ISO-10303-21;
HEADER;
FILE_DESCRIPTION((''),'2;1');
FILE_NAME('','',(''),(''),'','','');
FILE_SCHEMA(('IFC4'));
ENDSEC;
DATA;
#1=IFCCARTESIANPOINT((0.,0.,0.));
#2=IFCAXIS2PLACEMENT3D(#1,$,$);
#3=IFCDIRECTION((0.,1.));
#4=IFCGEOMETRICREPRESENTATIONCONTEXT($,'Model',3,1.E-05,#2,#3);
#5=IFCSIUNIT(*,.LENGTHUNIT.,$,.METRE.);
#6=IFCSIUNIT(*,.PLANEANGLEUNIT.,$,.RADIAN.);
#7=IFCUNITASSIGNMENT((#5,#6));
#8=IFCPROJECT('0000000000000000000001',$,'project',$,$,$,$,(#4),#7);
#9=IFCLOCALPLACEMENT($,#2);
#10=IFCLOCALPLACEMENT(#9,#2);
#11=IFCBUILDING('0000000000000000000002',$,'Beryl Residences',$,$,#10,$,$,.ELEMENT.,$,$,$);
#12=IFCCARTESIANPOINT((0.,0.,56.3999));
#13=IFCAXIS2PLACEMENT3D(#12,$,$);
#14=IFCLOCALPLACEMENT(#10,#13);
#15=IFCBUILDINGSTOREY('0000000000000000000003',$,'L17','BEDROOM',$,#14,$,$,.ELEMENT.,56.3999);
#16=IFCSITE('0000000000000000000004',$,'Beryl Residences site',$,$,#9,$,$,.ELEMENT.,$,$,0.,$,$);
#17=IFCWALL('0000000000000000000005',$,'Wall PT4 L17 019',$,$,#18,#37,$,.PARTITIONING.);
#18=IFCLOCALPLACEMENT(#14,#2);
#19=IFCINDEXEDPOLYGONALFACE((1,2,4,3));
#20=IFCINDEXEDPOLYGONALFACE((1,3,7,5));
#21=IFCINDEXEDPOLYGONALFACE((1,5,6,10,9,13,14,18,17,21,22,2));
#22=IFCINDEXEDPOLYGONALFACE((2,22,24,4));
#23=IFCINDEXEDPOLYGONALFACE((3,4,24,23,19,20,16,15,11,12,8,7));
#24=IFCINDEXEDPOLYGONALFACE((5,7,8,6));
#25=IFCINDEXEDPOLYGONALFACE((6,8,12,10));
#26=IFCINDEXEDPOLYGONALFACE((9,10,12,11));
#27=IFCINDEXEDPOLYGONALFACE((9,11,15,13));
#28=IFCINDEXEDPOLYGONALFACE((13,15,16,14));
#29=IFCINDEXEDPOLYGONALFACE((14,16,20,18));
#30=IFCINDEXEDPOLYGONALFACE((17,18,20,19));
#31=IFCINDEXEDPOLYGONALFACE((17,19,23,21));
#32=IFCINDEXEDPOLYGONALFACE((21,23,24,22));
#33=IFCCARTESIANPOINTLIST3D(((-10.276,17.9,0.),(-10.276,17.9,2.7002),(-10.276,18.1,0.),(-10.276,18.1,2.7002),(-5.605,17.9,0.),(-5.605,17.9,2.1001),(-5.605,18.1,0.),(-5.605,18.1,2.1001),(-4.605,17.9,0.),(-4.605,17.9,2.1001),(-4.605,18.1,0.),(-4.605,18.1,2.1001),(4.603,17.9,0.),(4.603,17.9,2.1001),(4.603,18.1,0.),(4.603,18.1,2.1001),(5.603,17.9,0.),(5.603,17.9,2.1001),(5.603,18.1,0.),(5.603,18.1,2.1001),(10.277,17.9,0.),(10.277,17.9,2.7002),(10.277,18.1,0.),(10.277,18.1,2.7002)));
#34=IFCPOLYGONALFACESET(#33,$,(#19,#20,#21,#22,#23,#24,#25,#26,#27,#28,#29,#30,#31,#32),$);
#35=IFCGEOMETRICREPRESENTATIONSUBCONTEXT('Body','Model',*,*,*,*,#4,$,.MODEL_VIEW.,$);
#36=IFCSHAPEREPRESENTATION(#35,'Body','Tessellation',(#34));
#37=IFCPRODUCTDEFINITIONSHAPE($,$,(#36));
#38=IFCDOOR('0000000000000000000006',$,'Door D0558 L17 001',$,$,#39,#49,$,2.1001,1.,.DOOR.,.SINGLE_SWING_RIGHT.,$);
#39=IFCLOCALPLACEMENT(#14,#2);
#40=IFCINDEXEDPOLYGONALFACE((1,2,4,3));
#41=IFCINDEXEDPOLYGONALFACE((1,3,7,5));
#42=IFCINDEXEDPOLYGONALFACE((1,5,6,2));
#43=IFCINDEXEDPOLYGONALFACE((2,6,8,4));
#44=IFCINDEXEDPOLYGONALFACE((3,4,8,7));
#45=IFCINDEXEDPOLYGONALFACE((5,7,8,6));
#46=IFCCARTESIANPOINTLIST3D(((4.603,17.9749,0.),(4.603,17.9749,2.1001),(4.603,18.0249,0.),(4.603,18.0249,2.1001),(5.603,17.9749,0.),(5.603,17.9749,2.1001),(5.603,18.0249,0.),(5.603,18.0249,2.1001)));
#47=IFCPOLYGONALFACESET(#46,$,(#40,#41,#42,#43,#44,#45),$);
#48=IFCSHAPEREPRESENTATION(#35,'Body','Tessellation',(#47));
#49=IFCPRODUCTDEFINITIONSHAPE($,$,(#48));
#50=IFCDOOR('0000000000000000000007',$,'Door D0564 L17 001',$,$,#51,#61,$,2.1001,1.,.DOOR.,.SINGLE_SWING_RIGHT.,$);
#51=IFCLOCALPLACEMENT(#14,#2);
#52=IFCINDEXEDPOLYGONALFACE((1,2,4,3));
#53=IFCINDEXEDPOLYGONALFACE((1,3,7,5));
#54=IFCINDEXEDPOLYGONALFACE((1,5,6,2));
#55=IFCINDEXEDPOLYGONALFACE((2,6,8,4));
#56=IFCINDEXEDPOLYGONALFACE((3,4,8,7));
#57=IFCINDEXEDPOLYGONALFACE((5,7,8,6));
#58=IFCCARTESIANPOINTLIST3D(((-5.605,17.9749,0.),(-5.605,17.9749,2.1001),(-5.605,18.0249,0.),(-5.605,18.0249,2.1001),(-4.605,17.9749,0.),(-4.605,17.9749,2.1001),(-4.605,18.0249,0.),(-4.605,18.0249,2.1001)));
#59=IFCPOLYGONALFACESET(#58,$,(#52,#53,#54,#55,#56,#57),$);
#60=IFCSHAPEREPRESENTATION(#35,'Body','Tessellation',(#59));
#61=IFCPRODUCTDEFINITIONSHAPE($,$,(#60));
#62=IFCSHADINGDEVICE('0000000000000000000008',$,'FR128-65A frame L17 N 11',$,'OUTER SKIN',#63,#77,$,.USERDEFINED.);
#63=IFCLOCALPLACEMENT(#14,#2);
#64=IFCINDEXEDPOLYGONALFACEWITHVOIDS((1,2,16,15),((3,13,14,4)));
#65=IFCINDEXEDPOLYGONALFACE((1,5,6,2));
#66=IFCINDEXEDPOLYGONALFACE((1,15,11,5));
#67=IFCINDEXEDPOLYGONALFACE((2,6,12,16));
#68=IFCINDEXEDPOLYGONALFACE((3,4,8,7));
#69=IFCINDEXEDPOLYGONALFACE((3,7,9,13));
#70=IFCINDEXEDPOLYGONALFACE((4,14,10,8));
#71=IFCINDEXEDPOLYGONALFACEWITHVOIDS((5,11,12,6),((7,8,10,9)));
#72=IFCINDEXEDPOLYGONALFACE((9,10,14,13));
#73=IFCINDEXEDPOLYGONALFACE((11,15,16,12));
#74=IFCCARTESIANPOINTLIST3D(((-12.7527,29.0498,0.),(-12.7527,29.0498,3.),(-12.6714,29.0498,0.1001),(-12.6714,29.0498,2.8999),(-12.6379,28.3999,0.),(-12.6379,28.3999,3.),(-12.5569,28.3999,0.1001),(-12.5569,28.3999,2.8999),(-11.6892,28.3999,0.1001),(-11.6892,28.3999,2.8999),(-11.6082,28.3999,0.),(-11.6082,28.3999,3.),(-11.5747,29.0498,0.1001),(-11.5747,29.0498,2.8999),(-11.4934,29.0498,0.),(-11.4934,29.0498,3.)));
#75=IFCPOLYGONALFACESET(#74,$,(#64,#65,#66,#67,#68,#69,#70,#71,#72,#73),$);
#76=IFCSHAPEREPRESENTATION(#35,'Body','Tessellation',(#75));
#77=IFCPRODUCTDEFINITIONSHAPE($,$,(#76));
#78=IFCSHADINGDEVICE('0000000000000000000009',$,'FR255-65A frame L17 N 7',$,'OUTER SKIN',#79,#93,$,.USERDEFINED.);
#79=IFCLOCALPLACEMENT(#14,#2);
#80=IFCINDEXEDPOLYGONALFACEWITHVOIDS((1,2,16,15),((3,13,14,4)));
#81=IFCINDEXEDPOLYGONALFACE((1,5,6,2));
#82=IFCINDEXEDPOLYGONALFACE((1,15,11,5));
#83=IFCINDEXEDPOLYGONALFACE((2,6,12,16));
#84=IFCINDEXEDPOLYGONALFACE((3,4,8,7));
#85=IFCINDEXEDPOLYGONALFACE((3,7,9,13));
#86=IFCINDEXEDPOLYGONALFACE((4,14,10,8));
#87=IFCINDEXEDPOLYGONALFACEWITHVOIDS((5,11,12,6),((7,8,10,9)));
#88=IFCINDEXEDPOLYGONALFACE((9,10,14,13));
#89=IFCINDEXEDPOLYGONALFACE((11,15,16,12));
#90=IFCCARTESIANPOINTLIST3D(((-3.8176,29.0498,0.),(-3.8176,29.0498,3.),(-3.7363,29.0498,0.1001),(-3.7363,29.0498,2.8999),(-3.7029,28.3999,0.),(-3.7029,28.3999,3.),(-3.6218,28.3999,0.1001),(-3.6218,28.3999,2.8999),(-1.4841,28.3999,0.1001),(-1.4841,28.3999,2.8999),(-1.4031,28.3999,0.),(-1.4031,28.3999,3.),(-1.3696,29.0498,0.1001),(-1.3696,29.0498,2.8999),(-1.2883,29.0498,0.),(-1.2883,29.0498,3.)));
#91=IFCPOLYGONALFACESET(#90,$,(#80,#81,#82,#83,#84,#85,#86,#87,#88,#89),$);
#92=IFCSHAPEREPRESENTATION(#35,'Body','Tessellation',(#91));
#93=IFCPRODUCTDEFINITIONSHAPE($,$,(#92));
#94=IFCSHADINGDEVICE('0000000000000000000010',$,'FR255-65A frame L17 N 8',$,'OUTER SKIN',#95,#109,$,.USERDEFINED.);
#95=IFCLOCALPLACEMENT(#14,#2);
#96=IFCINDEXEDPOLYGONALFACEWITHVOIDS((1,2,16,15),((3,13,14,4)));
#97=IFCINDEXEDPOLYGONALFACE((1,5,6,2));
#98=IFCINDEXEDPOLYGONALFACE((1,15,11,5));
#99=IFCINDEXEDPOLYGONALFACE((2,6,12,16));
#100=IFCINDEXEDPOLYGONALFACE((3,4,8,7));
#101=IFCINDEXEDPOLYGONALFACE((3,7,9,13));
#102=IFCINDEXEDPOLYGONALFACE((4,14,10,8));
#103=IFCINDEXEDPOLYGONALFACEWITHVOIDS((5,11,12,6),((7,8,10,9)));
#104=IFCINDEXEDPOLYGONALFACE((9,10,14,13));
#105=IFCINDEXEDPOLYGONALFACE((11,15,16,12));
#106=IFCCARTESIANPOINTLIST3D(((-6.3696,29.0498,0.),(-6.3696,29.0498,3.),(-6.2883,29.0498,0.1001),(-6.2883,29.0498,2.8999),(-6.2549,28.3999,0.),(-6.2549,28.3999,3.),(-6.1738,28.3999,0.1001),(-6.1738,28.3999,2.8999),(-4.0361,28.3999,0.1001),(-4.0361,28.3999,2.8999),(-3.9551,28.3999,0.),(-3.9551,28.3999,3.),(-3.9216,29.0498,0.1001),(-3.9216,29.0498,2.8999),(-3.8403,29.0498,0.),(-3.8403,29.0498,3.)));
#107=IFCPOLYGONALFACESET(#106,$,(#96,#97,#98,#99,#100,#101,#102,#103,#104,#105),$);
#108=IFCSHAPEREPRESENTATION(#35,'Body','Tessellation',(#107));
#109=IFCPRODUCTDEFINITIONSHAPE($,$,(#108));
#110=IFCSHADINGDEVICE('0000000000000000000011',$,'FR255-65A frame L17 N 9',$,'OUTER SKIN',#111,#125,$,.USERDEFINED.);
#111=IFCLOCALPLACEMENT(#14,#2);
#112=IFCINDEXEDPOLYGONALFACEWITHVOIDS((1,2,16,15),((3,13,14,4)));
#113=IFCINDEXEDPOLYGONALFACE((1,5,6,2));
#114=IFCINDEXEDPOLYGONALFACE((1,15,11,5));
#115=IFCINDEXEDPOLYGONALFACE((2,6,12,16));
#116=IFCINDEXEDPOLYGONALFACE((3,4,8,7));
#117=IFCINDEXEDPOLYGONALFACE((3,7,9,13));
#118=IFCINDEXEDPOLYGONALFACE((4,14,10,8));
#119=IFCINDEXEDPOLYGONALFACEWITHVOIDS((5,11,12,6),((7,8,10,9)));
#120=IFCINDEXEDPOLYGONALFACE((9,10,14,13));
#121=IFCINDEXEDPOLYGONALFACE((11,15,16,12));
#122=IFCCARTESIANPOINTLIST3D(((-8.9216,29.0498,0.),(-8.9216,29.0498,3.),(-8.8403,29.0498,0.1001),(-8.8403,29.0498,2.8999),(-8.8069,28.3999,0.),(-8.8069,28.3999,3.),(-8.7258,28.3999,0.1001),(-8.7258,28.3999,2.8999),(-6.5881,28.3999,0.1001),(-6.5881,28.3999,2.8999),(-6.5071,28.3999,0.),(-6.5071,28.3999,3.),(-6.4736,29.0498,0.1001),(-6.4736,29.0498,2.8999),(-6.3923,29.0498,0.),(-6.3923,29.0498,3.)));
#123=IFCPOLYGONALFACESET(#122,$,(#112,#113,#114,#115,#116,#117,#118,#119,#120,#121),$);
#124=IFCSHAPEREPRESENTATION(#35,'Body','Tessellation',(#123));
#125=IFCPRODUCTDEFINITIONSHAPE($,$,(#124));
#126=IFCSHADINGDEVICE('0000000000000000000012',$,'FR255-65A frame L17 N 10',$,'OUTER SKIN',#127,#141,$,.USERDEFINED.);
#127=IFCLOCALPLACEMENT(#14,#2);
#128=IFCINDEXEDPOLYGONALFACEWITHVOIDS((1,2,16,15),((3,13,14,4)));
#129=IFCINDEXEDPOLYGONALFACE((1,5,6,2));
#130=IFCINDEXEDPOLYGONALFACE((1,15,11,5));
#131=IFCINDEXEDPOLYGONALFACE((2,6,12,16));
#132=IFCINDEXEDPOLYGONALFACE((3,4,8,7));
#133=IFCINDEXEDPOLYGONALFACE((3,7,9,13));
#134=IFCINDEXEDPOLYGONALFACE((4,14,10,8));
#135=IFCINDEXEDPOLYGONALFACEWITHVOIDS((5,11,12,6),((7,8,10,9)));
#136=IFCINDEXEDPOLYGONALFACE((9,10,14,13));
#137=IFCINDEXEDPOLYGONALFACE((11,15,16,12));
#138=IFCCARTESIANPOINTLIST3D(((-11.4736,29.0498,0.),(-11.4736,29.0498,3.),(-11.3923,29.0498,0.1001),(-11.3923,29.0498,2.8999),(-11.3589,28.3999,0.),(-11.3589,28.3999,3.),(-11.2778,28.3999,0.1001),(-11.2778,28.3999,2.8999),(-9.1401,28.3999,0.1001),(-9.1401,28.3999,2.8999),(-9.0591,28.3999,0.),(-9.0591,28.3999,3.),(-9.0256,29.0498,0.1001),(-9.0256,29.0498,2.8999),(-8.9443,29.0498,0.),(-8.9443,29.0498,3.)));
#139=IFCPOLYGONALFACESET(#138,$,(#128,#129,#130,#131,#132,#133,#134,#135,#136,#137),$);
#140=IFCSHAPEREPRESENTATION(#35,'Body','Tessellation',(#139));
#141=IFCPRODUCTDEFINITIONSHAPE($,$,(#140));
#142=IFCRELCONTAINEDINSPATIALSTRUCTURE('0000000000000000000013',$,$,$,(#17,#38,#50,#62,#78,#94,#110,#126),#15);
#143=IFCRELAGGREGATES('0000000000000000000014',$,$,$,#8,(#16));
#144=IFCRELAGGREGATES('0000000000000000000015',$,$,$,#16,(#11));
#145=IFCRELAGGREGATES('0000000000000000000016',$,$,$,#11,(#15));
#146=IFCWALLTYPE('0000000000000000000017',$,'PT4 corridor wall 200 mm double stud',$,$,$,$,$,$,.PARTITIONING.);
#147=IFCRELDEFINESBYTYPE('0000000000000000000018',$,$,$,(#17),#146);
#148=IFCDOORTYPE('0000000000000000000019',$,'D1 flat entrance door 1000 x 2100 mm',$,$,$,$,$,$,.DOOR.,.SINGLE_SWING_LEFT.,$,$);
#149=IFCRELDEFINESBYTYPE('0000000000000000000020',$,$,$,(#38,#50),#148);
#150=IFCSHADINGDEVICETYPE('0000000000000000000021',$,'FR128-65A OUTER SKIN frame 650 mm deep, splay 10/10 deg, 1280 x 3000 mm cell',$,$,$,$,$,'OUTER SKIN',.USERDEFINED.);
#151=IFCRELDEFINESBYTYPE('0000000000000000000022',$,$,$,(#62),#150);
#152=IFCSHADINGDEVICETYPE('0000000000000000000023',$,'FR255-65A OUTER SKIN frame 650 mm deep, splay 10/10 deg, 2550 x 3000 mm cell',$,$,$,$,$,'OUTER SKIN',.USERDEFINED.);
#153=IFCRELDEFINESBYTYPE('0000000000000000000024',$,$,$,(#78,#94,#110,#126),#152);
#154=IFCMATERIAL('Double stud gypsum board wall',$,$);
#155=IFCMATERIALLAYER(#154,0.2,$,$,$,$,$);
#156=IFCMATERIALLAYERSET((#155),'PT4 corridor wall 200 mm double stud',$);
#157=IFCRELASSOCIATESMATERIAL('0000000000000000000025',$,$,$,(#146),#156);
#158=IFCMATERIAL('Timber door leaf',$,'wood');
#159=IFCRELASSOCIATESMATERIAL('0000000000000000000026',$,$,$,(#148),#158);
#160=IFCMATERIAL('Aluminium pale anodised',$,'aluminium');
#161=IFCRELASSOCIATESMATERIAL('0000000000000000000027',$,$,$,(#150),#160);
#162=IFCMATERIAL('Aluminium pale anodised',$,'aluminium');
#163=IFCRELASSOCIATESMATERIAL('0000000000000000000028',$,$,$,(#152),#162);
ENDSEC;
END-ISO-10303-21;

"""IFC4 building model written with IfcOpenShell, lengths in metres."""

from ifc_helpers import new_model, entity, si_unit, direction, frame, frame_2d, origin, place, context, subcontext, project, spatial, rectangle, extrude, source, transform, mapped, material, layer, layer_set, type_object, type_shapes, element, fill, save


model = new_model("IFC4")

# Units and contexts
model_context = context("Model", 3, precision=1e-05, world=origin(), true_north=direction((0.0, 1.0)))
body_context = subcontext(model_context, "Body", "Model", "MODEL_VIEW")
ifc_project = project(units=[si_unit("LENGTHUNIT", "METRE"), si_unit("PLANEANGLEUNIT", "RADIAN")], contexts=[model_context])

# Site, building, storey
site_placement = place(None, origin())
site = spatial("IfcSite", under=ifc_project, at=site_placement, Name="Beryl Residences site", CompositionType="ELEMENT", RefElevation=0.0)
building_placement = place(site_placement, origin())
building = spatial("IfcBuilding", under=site, at=building_placement, Name="Beryl Residences", CompositionType="ELEMENT")
storey_placement = place(building_placement, frame((0.0, 0.0, 56.3999)))
storey = spatial("IfcBuildingStorey", under=building, at=storey_placement, Name="L17", Description="BEDROOM", CompositionType="ELEMENT", Elevation=56.3999)

# Shared definitions
ifc_material_1 = material(Name="Double stud gypsum board wall")
ifc_layer_1 = layer(ifc_material_1, 0.2)
ifc_layer_set_1 = layer_set([ifc_layer_1], Name="PT4 corridor wall 200 mm double stud")
wall_type_1 = type_object("IfcWallType", Name="PT4 corridor wall 200 mm double stud", PredefinedType="PARTITIONING", material=ifc_layer_set_1)

# Wall, openings, doors
wall_1_placement = place(storey_placement, frame((-10.2759, 18.0, 0.0), z_axis=(0.0, 0.0, 1.0), x_axis=(1.0, 0.0, 0.0)))
wall_1 = element("IfcWall", 1, at=wall_1_placement, inside=storey, type_object=wall_type_1, Name="Wall PT4 L17 019", PredefinedType="PARTITIONING", context=body_context, shape_type="SweptSolid", body=[
    extrude(rectangle(XDim=20.553, YDim=0.2, at=frame_2d((10.2764, 0.0))), origin(), (0.0, 0.0, 1.0), 2.7002),
])
opening_1_placement = place(wall_1_placement, frame((14.8789, 0.0, 0.0)))
opening_1 = element("IfcOpeningElement", 2, at=opening_1_placement, cuts=wall_1, PredefinedType="OPENING", context=body_context, shape_type="SweptSolid", body=[
    extrude(rectangle(XDim=1.0, YDim=2.1001, at=frame_2d((0.5, 1.05))), frame((0.0, 0.1099, 0.0), z_axis=(0.0, -1.0, 0.0), x_axis=(1.0, 0.0, 0.0)), (0.0, 0.0, 1.0), 0.22),
])
opening_2_placement = place(wall_1_placement, frame((4.6709, 0.0, 0.0)))
opening_2 = element("IfcOpeningElement", 3, at=opening_2_placement, cuts=wall_1, PredefinedType="OPENING", context=body_context, shape_type="SweptSolid", body=[
    extrude(rectangle(XDim=1.0, YDim=2.1001, at=frame_2d((0.5, 1.05))), frame((0.0, 0.1099, 0.0), z_axis=(0.0, -1.0, 0.0), x_axis=(1.0, 0.0, 0.0)), (0.0, 0.0, 1.0), 0.22),
])
ifc_material_2 = material(Name="Timber door leaf", Category="wood")
door_type_1 = type_object("IfcDoorType", Name="D1 flat entrance door 1000 x 2100 mm", OperationType="SINGLE_SWING_LEFT", PredefinedType="DOOR", material=ifc_material_2)
door_1_placement = place(opening_1_placement, origin())
door_1 = element("IfcDoor", 4, at=door_1_placement, inside=storey, type_object=door_type_1, Name="Door D0558 L17 001", OperationType="SINGLE_SWING_RIGHT", OverallHeight=2.1001, OverallWidth=1.0, PredefinedType="DOOR", context=body_context, shape_type="SweptSolid", body=[
    extrude(rectangle(XDim=1.0, YDim=2.1001, at=frame_2d((0.5, 1.05))), frame((0.0, 0.0249, 0.0), z_axis=(0.0, -1.0, 0.0), x_axis=(1.0, 0.0, 0.0)), (0.0, 0.0, 1.0), 0.05),
])
fill(opening_1, door_1)
door_2_placement = place(opening_2_placement, origin())
door_2 = element("IfcDoor", 5, at=door_2_placement, inside=storey, type_object=door_type_1, Name="Door D0564 L17 001", OperationType="SINGLE_SWING_RIGHT", OverallHeight=2.1001, OverallWidth=1.0, PredefinedType="DOOR", context=body_context, shape_type="SweptSolid", body=[
    extrude(rectangle(XDim=1.0, YDim=2.1001, at=frame_2d((0.5, 1.05))), frame((0.0, 0.0249, 0.0), z_axis=(0.0, -1.0, 0.0), x_axis=(1.0, 0.0, 0.0)), (0.0, 0.0, 1.0), 0.05),
])
fill(opening_2, door_2)

# Shading devices
ifc_material_3 = material(Name="Aluminium pale anodised", Category="aluminium")
shading_device_type_1 = type_object("IfcShadingDeviceType", Name="FR128-65A OUTER SKIN frame 650 mm deep, splay 10/10 deg, 1280 x 3000 mm cell", ElementType="OUTER SKIN", PredefinedType="USERDEFINED", material=ifc_material_3)
cartesian_point_1 = entity("IfcCartesianPoint", [-0.5149, 0.0])
cartesian_point_2 = entity("IfcCartesianPoint", [-0.4338, 0.1001])
cartesian_point_3 = entity("IfcCartesianPoint", [-0.6296, 0.0])
cartesian_point_4 = entity("IfcCartesianPoint", [-0.5483, 0.1001])
shared_shape_1 = source(origin(), body_context, "Body", "SweptSolid", [
    entity("IfcExtrudedAreaSolidTapered", entity("IfcArbitraryProfileDefWithVoids", "AREA", None, entity("IfcPolyline", [cartesian_point_1, entity("IfcCartesianPoint", [0.5149, 0.0]), entity("IfcCartesianPoint", [0.5149, 3.0]), entity("IfcCartesianPoint", [-0.5149, 3.0]), cartesian_point_1]), [entity("IfcPolyline", [cartesian_point_2, entity("IfcCartesianPoint", [0.4338, 0.1001]), entity("IfcCartesianPoint", [0.4338, 2.8999]), entity("IfcCartesianPoint", [-0.4338, 2.8999]), cartesian_point_2])]), entity("IfcAxis2Placement3D", entity("IfcCartesianPoint", [0.0, 0.0, 0.0]), entity("IfcDirection", [0.0, 1.0, 0.0]), entity("IfcDirection", [-1.0, 0.0, 0.0])), entity("IfcDirection", [0.0, 0.0, 1.0]), 0.6499, entity("IfcArbitraryProfileDefWithVoids", "AREA", None, entity("IfcPolyline", [cartesian_point_3, entity("IfcCartesianPoint", [0.6296, 0.0]), entity("IfcCartesianPoint", [0.6296, 3.0]), entity("IfcCartesianPoint", [-0.6296, 3.0]), cartesian_point_3]), [entity("IfcPolyline", [cartesian_point_4, entity("IfcCartesianPoint", [0.5483, 0.1001]), entity("IfcCartesianPoint", [0.5483, 2.8999]), entity("IfcCartesianPoint", [-0.5483, 2.8999]), cartesian_point_4])])),
])
type_shapes(shading_device_type_1, [shared_shape_1])
shading_device_placement = place(storey_placement, frame((-12.123, 28.3999, 0.0), z_axis=(0.0, 0.0, 1.0), x_axis=(1.0, 0.0, 0.0)))
element("IfcShadingDevice", 6, at=shading_device_placement, inside=storey, type_object=shading_device_type_1, Name="FR128-65A frame L17 N 11", ObjectType="OUTER SKIN", PredefinedType="USERDEFINED", context=body_context, shape_type="MappedRepresentation", body=[
    mapped(shared_shape_1, transform((0.0, 0.0, 0.0))),
])
ifc_material_4 = material(Name="Aluminium pale anodised", Category="aluminium")
shading_device_type_2 = type_object("IfcShadingDeviceType", Name="FR255-65A OUTER SKIN frame 650 mm deep, splay 10/10 deg, 2550 x 3000 mm cell", ElementType="OUTER SKIN", PredefinedType="USERDEFINED", material=ifc_material_4)
cartesian_point_5 = entity("IfcCartesianPoint", [-1.1499, 0.0])
cartesian_point_6 = entity("IfcCartesianPoint", [-1.0688, 0.1001])
cartesian_point_7 = entity("IfcCartesianPoint", [-1.2646, 0.0])
cartesian_point_8 = entity("IfcCartesianPoint", [-1.1833, 0.1001])
shared_shape_2 = source(origin(), body_context, "Body", "SweptSolid", [
    entity("IfcExtrudedAreaSolidTapered", entity("IfcArbitraryProfileDefWithVoids", "AREA", None, entity("IfcPolyline", [cartesian_point_5, entity("IfcCartesianPoint", [1.1499, 0.0]), entity("IfcCartesianPoint", [1.1499, 3.0]), entity("IfcCartesianPoint", [-1.1499, 3.0]), cartesian_point_5]), [entity("IfcPolyline", [cartesian_point_6, entity("IfcCartesianPoint", [1.0688, 0.1001]), entity("IfcCartesianPoint", [1.0688, 2.8999]), entity("IfcCartesianPoint", [-1.0688, 2.8999]), cartesian_point_6])]), entity("IfcAxis2Placement3D", entity("IfcCartesianPoint", [0.0, 0.0, 0.0]), entity("IfcDirection", [0.0, 1.0, 0.0]), entity("IfcDirection", [-1.0, 0.0, 0.0])), entity("IfcDirection", [0.0, 0.0, 1.0]), 0.6499, entity("IfcArbitraryProfileDefWithVoids", "AREA", None, entity("IfcPolyline", [cartesian_point_7, entity("IfcCartesianPoint", [1.2646, 0.0]), entity("IfcCartesianPoint", [1.2646, 3.0]), entity("IfcCartesianPoint", [-1.2646, 3.0]), cartesian_point_7]), [entity("IfcPolyline", [cartesian_point_8, entity("IfcCartesianPoint", [1.1833, 0.1001]), entity("IfcCartesianPoint", [1.1833, 2.8999]), entity("IfcCartesianPoint", [-1.1833, 2.8999]), cartesian_point_8])])),
])
type_shapes(shading_device_type_2, [shared_shape_2])
for number, where, z_axis, x_axis, name in (
    (7, (-2.553, 28.3999, 0.0), (0.0, 0.0, 1.0), (1.0, 0.0, 0.0), "FR255-65A frame L17 N 7"),
    (8, (-5.105, 28.3999, 0.0), (0.0, 0.0, 1.0), (1.0, 0.0, 0.0), "FR255-65A frame L17 N 8"),
    (9, (-7.657, 28.3999, 0.0), (0.0, 0.0, 1.0), (1.0, 0.0, 0.0), "FR255-65A frame L17 N 9"),
    (10, (-10.209, 28.3999, 0.0), (0.0, 0.0, 1.0), (1.0, 0.0, 0.0), "FR255-65A frame L17 N 10"),
):
    element("IfcShadingDevice", number, at=place(storey_placement, frame(where, z_axis=z_axis, x_axis=x_axis)), inside=storey, type_object=shading_device_type_2, Name=name, ObjectType="OUTER SKIN", PredefinedType="USERDEFINED", context=body_context, shape_type="MappedRepresentation", body=[
        mapped(shared_shape_2, transform((0.0, 0.0, 0.0))),
    ])

save(model, "model.ifc")
